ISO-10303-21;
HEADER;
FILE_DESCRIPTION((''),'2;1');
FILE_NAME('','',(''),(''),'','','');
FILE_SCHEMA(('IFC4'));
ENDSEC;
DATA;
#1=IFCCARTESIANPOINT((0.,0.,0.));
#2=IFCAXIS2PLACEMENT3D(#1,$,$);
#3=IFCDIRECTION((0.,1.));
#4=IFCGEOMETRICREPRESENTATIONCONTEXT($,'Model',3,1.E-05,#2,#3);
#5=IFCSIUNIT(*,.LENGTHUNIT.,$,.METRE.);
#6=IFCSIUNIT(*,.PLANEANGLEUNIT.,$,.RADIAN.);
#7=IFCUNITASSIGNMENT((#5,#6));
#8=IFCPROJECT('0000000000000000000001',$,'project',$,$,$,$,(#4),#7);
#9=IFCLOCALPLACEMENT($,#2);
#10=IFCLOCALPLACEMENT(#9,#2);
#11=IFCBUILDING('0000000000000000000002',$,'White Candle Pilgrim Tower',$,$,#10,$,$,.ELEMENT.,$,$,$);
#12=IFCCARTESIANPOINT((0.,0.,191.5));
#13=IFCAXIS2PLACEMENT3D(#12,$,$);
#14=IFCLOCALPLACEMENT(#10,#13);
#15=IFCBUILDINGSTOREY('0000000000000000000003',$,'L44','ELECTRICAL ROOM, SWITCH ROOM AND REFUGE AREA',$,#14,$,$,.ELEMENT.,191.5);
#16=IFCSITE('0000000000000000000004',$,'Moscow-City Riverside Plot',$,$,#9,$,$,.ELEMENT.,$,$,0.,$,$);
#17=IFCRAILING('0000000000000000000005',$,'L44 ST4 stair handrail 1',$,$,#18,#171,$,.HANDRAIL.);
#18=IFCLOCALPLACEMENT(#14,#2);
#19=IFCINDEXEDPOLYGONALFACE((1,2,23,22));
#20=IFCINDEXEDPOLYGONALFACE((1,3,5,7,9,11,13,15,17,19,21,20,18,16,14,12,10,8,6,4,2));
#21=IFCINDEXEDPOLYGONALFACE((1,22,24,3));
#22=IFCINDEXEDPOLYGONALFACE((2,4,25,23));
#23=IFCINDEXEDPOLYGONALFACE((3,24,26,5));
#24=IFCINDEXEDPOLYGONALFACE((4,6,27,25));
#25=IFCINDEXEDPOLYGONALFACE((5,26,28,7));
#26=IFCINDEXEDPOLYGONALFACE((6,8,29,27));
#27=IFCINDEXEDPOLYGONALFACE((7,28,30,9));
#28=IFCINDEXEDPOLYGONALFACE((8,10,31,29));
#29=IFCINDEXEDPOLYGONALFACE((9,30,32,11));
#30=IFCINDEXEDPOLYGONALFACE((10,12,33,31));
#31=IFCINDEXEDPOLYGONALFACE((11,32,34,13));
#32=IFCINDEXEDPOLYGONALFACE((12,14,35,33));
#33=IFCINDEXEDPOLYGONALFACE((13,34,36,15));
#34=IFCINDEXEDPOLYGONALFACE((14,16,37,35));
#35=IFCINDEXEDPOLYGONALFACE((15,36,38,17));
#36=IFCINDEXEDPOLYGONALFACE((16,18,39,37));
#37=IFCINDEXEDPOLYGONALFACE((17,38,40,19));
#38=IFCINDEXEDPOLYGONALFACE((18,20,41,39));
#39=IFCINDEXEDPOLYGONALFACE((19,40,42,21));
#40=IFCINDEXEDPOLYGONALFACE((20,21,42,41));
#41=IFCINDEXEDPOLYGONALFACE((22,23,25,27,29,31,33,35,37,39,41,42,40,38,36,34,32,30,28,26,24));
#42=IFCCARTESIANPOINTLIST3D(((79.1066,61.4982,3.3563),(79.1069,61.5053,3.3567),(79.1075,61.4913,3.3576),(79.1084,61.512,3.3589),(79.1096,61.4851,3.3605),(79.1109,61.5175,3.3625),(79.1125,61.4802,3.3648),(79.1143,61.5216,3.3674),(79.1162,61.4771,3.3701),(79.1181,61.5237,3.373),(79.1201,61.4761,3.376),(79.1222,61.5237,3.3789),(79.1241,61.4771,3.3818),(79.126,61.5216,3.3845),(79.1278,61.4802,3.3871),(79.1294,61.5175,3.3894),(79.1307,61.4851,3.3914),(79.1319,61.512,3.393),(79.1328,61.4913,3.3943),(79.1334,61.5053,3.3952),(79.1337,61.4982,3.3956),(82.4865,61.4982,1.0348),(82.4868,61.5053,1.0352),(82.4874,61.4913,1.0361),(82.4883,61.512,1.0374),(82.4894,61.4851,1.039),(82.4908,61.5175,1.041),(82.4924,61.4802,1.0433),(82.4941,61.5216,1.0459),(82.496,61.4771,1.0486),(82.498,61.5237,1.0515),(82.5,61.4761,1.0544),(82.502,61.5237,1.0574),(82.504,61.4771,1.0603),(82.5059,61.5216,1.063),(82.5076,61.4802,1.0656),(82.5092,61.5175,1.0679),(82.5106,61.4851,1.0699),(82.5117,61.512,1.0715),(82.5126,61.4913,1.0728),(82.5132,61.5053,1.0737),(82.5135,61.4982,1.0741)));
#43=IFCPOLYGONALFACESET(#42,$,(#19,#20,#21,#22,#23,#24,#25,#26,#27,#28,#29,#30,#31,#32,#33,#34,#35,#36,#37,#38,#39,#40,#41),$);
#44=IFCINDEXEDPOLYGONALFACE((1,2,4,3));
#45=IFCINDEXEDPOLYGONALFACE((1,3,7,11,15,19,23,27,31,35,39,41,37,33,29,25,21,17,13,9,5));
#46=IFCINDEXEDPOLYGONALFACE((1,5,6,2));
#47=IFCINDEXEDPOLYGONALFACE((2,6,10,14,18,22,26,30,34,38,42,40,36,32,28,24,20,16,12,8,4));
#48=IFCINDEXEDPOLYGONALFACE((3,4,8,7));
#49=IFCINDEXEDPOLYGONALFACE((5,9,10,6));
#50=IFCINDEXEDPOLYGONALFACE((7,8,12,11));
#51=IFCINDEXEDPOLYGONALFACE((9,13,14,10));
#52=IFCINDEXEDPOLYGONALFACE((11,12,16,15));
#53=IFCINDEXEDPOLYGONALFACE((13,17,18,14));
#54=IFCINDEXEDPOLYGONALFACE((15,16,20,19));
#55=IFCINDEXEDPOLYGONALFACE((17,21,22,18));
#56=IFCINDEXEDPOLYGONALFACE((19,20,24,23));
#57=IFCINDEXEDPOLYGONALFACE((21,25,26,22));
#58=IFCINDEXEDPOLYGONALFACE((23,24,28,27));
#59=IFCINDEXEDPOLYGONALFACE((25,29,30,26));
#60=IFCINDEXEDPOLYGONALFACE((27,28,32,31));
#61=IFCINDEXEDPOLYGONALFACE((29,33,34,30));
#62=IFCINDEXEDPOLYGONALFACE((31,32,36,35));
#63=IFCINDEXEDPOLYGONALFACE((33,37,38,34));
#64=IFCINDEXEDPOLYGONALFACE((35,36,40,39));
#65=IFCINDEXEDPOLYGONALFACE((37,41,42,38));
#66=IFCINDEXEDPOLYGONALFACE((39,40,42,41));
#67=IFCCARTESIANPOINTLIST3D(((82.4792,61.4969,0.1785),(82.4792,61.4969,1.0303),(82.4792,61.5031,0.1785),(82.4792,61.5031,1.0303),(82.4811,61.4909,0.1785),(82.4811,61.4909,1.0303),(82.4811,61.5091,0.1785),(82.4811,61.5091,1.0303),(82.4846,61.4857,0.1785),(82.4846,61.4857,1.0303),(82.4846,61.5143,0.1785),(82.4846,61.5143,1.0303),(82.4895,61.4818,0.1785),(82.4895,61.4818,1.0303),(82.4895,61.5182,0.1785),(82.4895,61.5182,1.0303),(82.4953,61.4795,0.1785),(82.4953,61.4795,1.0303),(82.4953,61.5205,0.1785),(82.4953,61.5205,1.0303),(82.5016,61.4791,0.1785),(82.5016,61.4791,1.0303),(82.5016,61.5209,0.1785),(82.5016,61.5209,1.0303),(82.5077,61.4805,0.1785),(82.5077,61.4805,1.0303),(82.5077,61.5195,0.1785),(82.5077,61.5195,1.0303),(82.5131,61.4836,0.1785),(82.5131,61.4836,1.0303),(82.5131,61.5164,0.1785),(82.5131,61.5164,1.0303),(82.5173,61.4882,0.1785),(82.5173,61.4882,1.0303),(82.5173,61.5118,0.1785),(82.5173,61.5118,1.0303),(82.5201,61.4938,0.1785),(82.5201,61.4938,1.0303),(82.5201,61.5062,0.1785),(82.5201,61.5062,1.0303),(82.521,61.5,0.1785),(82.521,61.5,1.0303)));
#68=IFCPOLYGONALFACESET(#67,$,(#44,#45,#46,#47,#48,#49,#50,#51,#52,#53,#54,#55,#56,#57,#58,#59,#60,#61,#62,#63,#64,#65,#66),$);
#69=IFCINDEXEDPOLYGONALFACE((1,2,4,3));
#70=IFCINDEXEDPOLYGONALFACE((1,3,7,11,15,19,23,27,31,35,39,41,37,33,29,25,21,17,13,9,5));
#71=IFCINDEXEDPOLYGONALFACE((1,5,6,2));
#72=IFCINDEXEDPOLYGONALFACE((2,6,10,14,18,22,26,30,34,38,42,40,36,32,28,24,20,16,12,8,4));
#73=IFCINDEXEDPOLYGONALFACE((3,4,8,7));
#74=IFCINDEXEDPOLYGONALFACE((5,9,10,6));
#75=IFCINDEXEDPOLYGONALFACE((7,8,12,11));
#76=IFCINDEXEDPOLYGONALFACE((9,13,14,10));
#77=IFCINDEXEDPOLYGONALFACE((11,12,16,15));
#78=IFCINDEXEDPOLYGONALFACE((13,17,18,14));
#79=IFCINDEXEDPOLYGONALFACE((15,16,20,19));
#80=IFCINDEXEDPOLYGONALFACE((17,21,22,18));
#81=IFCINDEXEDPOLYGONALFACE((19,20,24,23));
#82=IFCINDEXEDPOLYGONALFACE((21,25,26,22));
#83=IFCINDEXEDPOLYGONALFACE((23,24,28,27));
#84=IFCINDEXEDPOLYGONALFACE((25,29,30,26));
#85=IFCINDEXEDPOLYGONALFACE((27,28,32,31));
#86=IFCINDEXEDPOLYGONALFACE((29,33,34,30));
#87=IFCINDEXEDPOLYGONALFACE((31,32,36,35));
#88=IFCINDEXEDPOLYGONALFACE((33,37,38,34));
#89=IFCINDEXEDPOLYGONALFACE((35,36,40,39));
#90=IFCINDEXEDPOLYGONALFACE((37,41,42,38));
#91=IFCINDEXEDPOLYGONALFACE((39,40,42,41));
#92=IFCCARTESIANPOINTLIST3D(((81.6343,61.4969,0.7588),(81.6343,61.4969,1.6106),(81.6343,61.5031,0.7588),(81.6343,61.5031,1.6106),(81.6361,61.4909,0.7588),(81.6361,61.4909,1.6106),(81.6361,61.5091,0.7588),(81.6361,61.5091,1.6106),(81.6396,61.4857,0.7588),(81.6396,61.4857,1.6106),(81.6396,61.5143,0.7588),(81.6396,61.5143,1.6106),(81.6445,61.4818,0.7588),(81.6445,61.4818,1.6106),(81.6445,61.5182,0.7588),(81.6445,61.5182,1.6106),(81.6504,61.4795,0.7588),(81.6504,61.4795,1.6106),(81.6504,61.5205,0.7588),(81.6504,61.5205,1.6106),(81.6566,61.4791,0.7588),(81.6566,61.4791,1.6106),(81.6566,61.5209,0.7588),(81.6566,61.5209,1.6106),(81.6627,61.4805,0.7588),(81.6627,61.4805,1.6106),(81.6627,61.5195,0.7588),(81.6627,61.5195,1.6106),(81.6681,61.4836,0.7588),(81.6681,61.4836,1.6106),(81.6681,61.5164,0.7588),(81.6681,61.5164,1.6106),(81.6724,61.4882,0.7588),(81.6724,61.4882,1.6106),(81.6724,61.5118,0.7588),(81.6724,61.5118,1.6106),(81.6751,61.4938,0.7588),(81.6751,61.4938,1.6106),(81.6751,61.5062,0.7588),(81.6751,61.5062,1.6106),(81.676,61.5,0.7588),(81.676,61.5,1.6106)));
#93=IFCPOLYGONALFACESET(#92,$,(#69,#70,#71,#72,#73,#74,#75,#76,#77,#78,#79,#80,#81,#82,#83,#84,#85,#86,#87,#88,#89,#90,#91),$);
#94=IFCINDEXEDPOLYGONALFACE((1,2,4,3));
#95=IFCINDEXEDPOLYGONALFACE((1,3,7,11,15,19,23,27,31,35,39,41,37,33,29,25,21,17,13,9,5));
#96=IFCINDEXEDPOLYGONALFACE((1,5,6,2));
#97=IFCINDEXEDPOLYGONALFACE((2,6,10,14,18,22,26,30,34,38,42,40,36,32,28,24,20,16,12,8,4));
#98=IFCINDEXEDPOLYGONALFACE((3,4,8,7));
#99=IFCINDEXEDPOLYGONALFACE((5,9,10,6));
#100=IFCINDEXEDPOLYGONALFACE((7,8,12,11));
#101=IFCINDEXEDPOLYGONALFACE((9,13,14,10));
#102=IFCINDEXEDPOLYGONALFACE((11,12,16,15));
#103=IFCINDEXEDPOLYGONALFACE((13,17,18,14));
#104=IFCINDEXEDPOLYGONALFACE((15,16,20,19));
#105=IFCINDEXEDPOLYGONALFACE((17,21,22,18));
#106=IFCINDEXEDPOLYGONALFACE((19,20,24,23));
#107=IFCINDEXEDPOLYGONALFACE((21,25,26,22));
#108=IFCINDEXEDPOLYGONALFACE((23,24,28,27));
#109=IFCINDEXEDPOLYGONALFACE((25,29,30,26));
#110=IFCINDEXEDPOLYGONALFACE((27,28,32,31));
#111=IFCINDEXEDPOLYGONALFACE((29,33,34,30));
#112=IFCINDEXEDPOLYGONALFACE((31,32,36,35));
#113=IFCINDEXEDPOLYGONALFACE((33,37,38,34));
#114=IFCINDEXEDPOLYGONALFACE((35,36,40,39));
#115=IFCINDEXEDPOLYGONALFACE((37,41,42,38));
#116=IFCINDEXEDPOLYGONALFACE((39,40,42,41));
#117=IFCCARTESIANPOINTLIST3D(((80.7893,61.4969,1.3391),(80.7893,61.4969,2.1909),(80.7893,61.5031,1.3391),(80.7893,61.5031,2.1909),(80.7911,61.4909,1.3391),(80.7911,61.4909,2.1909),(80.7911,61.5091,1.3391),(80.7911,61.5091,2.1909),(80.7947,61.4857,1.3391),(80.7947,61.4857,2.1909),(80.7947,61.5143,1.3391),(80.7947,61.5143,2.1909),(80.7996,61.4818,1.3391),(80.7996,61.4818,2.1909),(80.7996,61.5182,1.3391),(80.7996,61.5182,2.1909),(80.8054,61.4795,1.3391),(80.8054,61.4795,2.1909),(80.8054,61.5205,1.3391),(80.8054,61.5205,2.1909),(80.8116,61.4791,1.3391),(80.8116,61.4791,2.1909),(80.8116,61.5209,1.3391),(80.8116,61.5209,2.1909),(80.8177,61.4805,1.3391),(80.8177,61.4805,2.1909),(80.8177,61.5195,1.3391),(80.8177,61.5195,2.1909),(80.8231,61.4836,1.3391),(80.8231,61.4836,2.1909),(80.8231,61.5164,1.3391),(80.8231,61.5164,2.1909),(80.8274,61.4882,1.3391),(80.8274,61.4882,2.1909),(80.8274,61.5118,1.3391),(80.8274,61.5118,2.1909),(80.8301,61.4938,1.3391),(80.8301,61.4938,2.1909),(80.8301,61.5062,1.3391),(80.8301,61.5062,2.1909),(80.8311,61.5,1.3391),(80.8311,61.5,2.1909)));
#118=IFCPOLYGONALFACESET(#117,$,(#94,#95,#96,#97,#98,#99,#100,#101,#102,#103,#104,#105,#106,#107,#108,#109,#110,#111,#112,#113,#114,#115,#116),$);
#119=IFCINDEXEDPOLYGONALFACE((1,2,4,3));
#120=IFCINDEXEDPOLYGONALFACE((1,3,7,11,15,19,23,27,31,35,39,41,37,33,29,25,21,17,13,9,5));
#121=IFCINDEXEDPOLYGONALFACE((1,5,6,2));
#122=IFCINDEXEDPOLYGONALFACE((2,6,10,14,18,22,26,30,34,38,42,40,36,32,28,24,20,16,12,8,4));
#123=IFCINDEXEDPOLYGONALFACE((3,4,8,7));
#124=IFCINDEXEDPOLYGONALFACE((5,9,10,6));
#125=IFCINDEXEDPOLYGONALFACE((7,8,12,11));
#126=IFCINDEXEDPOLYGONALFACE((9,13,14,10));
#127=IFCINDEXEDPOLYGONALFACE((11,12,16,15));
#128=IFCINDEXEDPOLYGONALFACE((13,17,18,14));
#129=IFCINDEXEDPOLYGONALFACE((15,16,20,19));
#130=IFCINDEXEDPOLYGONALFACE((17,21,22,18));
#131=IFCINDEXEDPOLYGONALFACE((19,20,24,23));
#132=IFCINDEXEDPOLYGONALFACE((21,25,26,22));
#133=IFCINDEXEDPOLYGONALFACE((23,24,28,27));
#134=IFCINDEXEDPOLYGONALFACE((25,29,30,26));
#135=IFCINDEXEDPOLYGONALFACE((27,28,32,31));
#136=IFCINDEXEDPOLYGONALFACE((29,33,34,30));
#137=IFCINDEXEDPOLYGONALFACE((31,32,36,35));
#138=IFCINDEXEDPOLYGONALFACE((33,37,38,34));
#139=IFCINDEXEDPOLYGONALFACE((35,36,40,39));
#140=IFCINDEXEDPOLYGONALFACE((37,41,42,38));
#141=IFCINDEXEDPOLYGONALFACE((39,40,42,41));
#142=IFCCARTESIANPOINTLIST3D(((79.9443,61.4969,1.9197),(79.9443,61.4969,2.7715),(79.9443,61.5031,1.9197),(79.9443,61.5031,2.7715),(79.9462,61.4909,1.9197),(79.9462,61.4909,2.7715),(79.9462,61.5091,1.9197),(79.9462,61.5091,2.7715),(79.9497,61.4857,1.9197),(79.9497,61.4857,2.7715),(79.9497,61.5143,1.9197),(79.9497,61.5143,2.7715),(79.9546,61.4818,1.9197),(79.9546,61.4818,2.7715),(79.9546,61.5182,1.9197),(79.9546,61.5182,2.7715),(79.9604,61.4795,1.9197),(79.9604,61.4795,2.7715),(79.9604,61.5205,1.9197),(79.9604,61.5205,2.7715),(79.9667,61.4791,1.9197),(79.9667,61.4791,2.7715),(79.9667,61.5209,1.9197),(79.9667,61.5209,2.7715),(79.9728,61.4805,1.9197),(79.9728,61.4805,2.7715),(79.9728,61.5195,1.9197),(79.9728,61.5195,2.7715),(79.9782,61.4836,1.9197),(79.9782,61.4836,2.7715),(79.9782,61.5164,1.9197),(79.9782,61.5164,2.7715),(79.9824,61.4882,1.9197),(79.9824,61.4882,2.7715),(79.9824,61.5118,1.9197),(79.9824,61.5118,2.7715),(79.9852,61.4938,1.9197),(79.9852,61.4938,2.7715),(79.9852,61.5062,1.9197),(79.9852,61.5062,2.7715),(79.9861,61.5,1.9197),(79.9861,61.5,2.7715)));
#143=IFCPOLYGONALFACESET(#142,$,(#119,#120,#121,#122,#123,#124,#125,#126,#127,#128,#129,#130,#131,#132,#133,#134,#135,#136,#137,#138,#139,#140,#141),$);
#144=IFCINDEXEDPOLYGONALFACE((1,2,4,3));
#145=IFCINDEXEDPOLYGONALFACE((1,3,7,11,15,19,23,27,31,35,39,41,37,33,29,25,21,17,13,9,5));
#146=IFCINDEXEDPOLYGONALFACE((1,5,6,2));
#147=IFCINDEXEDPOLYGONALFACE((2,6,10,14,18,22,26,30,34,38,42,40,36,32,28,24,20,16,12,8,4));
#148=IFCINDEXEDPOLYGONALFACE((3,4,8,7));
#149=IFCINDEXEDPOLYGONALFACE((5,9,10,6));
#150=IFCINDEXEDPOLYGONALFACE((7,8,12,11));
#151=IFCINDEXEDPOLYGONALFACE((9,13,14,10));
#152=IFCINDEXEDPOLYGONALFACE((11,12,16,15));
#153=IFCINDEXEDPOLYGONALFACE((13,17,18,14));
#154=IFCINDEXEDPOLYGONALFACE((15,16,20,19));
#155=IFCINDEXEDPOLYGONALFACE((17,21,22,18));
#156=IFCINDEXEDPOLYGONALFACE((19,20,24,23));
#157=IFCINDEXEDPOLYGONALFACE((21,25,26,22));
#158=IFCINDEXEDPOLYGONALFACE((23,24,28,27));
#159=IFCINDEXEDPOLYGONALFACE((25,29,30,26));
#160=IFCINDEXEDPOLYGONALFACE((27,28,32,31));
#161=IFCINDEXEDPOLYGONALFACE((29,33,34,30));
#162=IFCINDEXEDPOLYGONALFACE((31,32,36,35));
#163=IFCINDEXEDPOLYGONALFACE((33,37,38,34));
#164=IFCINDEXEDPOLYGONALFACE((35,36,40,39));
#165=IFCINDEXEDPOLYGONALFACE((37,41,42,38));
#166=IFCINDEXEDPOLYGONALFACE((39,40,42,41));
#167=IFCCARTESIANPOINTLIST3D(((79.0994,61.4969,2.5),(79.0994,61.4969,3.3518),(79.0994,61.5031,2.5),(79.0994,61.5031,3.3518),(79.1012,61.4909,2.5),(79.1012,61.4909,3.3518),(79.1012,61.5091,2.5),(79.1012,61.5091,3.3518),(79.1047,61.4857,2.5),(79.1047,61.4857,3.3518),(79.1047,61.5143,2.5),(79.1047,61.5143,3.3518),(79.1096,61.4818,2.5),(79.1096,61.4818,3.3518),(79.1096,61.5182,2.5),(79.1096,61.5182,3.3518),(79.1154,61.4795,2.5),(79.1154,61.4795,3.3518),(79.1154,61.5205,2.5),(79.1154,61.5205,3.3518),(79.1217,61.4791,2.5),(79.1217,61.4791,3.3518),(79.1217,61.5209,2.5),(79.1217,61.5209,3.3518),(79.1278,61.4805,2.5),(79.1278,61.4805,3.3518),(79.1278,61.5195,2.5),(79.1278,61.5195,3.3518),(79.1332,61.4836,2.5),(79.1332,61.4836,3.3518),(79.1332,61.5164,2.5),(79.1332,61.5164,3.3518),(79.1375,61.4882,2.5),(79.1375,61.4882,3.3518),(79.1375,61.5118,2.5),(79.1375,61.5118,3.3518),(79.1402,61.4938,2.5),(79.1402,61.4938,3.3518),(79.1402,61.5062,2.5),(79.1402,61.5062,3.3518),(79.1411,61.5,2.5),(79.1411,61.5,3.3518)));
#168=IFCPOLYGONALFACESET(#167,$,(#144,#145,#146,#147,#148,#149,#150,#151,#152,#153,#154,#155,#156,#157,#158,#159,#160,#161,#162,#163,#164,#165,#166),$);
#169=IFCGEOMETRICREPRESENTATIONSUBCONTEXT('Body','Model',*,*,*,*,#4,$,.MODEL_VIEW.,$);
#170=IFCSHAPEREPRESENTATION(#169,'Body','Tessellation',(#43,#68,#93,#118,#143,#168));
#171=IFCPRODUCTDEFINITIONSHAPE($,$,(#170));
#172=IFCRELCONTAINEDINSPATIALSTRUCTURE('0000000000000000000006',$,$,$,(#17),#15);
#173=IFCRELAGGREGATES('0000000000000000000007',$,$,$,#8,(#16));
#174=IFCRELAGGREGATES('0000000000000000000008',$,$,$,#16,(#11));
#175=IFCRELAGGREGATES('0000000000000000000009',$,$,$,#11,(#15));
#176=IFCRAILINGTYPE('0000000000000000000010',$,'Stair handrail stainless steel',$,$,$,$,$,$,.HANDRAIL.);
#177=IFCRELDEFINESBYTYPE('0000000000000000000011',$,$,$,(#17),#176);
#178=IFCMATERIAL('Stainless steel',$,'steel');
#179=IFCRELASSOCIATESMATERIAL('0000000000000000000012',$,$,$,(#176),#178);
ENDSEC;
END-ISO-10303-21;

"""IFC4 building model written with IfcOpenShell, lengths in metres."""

from ifc_helpers import new_model, si_unit, direction, frame, origin, origin_2d, place, context, subcontext, project, spatial, circle, extrude, material, type_object, element, save


model = new_model("IFC4")

# Units and contexts
model_context = context("Model", 3, precision=1e-05, world=origin(), true_north=direction((0.0, 1.0)))
body_context = subcontext(model_context, "Body", "Model", "MODEL_VIEW")
ifc_project = project(units=[si_unit("LENGTHUNIT", "METRE"), si_unit("PLANEANGLEUNIT", "RADIAN")], contexts=[model_context])

# Site, building, storey
site_placement = place(None, origin())
site = spatial("IfcSite", under=ifc_project, at=site_placement, Name="Moscow-City Riverside Plot", CompositionType="ELEMENT", RefElevation=0.0)
building_placement = place(site_placement, origin())
building = spatial("IfcBuilding", under=site, at=building_placement, Name="White Candle Pilgrim Tower", CompositionType="ELEMENT")
storey_placement = place(building_placement, frame((0.0, 0.0, 191.5)))
storey = spatial("IfcBuildingStorey", under=building, at=storey_placement, Name="L44", Description="ELECTRICAL ROOM, SWITCH ROOM AND REFUGE AREA", CompositionType="ELEMENT", Elevation=191.5)

# Railing
ifc_material_1 = material(Name="Stainless steel", Category="steel")
railing_type_1 = type_object("IfcRailingType", Name="Stair handrail stainless steel", PredefinedType="HANDRAIL", material=ifc_material_1)
railing_1_placement = place(storey_placement, frame((82.5, 61.5, 0.1785)))
element("IfcRailing", 1, at=railing_1_placement, inside=storey, type_object=railing_type_1, Name="L44 ST4 stair handrail 1", PredefinedType="HANDRAIL", context=body_context, shape_type="SweptSolid", body=[
    extrude(circle(Radius=0.0239, at=origin_2d()), frame((0.0, 0.0, 0.876), z_axis=(-0.824285, 0.0, 0.566175), x_axis=(0.0, -1.0, 0.0)), (0.0, 0.0, 1.0), 4.1003),
    extrude(circle(Radius=0.021, at=origin_2d()), origin(), (0.0, 0.0, 1.0), 0.8518),
    extrude(circle(Radius=0.021, at=origin_2d()), frame((-0.845, 0.0, 0.5803)), (0.0, 0.0, 1.0), 0.8518),
    extrude(circle(Radius=0.021, at=origin_2d()), frame((-1.6899, 0.0, 1.1606)), (0.0, 0.0, 1.0), 0.8518),
    extrude(circle(Radius=0.021, at=origin_2d()), frame((-2.5349, 0.0, 1.7412)), (0.0, 0.0, 1.0), 0.8518),
    extrude(circle(Radius=0.021, at=origin_2d()), frame((-3.3799, 0.0, 2.3215)), (0.0, 0.0, 1.0), 0.8518),
])

save(model, "model.ifc")
